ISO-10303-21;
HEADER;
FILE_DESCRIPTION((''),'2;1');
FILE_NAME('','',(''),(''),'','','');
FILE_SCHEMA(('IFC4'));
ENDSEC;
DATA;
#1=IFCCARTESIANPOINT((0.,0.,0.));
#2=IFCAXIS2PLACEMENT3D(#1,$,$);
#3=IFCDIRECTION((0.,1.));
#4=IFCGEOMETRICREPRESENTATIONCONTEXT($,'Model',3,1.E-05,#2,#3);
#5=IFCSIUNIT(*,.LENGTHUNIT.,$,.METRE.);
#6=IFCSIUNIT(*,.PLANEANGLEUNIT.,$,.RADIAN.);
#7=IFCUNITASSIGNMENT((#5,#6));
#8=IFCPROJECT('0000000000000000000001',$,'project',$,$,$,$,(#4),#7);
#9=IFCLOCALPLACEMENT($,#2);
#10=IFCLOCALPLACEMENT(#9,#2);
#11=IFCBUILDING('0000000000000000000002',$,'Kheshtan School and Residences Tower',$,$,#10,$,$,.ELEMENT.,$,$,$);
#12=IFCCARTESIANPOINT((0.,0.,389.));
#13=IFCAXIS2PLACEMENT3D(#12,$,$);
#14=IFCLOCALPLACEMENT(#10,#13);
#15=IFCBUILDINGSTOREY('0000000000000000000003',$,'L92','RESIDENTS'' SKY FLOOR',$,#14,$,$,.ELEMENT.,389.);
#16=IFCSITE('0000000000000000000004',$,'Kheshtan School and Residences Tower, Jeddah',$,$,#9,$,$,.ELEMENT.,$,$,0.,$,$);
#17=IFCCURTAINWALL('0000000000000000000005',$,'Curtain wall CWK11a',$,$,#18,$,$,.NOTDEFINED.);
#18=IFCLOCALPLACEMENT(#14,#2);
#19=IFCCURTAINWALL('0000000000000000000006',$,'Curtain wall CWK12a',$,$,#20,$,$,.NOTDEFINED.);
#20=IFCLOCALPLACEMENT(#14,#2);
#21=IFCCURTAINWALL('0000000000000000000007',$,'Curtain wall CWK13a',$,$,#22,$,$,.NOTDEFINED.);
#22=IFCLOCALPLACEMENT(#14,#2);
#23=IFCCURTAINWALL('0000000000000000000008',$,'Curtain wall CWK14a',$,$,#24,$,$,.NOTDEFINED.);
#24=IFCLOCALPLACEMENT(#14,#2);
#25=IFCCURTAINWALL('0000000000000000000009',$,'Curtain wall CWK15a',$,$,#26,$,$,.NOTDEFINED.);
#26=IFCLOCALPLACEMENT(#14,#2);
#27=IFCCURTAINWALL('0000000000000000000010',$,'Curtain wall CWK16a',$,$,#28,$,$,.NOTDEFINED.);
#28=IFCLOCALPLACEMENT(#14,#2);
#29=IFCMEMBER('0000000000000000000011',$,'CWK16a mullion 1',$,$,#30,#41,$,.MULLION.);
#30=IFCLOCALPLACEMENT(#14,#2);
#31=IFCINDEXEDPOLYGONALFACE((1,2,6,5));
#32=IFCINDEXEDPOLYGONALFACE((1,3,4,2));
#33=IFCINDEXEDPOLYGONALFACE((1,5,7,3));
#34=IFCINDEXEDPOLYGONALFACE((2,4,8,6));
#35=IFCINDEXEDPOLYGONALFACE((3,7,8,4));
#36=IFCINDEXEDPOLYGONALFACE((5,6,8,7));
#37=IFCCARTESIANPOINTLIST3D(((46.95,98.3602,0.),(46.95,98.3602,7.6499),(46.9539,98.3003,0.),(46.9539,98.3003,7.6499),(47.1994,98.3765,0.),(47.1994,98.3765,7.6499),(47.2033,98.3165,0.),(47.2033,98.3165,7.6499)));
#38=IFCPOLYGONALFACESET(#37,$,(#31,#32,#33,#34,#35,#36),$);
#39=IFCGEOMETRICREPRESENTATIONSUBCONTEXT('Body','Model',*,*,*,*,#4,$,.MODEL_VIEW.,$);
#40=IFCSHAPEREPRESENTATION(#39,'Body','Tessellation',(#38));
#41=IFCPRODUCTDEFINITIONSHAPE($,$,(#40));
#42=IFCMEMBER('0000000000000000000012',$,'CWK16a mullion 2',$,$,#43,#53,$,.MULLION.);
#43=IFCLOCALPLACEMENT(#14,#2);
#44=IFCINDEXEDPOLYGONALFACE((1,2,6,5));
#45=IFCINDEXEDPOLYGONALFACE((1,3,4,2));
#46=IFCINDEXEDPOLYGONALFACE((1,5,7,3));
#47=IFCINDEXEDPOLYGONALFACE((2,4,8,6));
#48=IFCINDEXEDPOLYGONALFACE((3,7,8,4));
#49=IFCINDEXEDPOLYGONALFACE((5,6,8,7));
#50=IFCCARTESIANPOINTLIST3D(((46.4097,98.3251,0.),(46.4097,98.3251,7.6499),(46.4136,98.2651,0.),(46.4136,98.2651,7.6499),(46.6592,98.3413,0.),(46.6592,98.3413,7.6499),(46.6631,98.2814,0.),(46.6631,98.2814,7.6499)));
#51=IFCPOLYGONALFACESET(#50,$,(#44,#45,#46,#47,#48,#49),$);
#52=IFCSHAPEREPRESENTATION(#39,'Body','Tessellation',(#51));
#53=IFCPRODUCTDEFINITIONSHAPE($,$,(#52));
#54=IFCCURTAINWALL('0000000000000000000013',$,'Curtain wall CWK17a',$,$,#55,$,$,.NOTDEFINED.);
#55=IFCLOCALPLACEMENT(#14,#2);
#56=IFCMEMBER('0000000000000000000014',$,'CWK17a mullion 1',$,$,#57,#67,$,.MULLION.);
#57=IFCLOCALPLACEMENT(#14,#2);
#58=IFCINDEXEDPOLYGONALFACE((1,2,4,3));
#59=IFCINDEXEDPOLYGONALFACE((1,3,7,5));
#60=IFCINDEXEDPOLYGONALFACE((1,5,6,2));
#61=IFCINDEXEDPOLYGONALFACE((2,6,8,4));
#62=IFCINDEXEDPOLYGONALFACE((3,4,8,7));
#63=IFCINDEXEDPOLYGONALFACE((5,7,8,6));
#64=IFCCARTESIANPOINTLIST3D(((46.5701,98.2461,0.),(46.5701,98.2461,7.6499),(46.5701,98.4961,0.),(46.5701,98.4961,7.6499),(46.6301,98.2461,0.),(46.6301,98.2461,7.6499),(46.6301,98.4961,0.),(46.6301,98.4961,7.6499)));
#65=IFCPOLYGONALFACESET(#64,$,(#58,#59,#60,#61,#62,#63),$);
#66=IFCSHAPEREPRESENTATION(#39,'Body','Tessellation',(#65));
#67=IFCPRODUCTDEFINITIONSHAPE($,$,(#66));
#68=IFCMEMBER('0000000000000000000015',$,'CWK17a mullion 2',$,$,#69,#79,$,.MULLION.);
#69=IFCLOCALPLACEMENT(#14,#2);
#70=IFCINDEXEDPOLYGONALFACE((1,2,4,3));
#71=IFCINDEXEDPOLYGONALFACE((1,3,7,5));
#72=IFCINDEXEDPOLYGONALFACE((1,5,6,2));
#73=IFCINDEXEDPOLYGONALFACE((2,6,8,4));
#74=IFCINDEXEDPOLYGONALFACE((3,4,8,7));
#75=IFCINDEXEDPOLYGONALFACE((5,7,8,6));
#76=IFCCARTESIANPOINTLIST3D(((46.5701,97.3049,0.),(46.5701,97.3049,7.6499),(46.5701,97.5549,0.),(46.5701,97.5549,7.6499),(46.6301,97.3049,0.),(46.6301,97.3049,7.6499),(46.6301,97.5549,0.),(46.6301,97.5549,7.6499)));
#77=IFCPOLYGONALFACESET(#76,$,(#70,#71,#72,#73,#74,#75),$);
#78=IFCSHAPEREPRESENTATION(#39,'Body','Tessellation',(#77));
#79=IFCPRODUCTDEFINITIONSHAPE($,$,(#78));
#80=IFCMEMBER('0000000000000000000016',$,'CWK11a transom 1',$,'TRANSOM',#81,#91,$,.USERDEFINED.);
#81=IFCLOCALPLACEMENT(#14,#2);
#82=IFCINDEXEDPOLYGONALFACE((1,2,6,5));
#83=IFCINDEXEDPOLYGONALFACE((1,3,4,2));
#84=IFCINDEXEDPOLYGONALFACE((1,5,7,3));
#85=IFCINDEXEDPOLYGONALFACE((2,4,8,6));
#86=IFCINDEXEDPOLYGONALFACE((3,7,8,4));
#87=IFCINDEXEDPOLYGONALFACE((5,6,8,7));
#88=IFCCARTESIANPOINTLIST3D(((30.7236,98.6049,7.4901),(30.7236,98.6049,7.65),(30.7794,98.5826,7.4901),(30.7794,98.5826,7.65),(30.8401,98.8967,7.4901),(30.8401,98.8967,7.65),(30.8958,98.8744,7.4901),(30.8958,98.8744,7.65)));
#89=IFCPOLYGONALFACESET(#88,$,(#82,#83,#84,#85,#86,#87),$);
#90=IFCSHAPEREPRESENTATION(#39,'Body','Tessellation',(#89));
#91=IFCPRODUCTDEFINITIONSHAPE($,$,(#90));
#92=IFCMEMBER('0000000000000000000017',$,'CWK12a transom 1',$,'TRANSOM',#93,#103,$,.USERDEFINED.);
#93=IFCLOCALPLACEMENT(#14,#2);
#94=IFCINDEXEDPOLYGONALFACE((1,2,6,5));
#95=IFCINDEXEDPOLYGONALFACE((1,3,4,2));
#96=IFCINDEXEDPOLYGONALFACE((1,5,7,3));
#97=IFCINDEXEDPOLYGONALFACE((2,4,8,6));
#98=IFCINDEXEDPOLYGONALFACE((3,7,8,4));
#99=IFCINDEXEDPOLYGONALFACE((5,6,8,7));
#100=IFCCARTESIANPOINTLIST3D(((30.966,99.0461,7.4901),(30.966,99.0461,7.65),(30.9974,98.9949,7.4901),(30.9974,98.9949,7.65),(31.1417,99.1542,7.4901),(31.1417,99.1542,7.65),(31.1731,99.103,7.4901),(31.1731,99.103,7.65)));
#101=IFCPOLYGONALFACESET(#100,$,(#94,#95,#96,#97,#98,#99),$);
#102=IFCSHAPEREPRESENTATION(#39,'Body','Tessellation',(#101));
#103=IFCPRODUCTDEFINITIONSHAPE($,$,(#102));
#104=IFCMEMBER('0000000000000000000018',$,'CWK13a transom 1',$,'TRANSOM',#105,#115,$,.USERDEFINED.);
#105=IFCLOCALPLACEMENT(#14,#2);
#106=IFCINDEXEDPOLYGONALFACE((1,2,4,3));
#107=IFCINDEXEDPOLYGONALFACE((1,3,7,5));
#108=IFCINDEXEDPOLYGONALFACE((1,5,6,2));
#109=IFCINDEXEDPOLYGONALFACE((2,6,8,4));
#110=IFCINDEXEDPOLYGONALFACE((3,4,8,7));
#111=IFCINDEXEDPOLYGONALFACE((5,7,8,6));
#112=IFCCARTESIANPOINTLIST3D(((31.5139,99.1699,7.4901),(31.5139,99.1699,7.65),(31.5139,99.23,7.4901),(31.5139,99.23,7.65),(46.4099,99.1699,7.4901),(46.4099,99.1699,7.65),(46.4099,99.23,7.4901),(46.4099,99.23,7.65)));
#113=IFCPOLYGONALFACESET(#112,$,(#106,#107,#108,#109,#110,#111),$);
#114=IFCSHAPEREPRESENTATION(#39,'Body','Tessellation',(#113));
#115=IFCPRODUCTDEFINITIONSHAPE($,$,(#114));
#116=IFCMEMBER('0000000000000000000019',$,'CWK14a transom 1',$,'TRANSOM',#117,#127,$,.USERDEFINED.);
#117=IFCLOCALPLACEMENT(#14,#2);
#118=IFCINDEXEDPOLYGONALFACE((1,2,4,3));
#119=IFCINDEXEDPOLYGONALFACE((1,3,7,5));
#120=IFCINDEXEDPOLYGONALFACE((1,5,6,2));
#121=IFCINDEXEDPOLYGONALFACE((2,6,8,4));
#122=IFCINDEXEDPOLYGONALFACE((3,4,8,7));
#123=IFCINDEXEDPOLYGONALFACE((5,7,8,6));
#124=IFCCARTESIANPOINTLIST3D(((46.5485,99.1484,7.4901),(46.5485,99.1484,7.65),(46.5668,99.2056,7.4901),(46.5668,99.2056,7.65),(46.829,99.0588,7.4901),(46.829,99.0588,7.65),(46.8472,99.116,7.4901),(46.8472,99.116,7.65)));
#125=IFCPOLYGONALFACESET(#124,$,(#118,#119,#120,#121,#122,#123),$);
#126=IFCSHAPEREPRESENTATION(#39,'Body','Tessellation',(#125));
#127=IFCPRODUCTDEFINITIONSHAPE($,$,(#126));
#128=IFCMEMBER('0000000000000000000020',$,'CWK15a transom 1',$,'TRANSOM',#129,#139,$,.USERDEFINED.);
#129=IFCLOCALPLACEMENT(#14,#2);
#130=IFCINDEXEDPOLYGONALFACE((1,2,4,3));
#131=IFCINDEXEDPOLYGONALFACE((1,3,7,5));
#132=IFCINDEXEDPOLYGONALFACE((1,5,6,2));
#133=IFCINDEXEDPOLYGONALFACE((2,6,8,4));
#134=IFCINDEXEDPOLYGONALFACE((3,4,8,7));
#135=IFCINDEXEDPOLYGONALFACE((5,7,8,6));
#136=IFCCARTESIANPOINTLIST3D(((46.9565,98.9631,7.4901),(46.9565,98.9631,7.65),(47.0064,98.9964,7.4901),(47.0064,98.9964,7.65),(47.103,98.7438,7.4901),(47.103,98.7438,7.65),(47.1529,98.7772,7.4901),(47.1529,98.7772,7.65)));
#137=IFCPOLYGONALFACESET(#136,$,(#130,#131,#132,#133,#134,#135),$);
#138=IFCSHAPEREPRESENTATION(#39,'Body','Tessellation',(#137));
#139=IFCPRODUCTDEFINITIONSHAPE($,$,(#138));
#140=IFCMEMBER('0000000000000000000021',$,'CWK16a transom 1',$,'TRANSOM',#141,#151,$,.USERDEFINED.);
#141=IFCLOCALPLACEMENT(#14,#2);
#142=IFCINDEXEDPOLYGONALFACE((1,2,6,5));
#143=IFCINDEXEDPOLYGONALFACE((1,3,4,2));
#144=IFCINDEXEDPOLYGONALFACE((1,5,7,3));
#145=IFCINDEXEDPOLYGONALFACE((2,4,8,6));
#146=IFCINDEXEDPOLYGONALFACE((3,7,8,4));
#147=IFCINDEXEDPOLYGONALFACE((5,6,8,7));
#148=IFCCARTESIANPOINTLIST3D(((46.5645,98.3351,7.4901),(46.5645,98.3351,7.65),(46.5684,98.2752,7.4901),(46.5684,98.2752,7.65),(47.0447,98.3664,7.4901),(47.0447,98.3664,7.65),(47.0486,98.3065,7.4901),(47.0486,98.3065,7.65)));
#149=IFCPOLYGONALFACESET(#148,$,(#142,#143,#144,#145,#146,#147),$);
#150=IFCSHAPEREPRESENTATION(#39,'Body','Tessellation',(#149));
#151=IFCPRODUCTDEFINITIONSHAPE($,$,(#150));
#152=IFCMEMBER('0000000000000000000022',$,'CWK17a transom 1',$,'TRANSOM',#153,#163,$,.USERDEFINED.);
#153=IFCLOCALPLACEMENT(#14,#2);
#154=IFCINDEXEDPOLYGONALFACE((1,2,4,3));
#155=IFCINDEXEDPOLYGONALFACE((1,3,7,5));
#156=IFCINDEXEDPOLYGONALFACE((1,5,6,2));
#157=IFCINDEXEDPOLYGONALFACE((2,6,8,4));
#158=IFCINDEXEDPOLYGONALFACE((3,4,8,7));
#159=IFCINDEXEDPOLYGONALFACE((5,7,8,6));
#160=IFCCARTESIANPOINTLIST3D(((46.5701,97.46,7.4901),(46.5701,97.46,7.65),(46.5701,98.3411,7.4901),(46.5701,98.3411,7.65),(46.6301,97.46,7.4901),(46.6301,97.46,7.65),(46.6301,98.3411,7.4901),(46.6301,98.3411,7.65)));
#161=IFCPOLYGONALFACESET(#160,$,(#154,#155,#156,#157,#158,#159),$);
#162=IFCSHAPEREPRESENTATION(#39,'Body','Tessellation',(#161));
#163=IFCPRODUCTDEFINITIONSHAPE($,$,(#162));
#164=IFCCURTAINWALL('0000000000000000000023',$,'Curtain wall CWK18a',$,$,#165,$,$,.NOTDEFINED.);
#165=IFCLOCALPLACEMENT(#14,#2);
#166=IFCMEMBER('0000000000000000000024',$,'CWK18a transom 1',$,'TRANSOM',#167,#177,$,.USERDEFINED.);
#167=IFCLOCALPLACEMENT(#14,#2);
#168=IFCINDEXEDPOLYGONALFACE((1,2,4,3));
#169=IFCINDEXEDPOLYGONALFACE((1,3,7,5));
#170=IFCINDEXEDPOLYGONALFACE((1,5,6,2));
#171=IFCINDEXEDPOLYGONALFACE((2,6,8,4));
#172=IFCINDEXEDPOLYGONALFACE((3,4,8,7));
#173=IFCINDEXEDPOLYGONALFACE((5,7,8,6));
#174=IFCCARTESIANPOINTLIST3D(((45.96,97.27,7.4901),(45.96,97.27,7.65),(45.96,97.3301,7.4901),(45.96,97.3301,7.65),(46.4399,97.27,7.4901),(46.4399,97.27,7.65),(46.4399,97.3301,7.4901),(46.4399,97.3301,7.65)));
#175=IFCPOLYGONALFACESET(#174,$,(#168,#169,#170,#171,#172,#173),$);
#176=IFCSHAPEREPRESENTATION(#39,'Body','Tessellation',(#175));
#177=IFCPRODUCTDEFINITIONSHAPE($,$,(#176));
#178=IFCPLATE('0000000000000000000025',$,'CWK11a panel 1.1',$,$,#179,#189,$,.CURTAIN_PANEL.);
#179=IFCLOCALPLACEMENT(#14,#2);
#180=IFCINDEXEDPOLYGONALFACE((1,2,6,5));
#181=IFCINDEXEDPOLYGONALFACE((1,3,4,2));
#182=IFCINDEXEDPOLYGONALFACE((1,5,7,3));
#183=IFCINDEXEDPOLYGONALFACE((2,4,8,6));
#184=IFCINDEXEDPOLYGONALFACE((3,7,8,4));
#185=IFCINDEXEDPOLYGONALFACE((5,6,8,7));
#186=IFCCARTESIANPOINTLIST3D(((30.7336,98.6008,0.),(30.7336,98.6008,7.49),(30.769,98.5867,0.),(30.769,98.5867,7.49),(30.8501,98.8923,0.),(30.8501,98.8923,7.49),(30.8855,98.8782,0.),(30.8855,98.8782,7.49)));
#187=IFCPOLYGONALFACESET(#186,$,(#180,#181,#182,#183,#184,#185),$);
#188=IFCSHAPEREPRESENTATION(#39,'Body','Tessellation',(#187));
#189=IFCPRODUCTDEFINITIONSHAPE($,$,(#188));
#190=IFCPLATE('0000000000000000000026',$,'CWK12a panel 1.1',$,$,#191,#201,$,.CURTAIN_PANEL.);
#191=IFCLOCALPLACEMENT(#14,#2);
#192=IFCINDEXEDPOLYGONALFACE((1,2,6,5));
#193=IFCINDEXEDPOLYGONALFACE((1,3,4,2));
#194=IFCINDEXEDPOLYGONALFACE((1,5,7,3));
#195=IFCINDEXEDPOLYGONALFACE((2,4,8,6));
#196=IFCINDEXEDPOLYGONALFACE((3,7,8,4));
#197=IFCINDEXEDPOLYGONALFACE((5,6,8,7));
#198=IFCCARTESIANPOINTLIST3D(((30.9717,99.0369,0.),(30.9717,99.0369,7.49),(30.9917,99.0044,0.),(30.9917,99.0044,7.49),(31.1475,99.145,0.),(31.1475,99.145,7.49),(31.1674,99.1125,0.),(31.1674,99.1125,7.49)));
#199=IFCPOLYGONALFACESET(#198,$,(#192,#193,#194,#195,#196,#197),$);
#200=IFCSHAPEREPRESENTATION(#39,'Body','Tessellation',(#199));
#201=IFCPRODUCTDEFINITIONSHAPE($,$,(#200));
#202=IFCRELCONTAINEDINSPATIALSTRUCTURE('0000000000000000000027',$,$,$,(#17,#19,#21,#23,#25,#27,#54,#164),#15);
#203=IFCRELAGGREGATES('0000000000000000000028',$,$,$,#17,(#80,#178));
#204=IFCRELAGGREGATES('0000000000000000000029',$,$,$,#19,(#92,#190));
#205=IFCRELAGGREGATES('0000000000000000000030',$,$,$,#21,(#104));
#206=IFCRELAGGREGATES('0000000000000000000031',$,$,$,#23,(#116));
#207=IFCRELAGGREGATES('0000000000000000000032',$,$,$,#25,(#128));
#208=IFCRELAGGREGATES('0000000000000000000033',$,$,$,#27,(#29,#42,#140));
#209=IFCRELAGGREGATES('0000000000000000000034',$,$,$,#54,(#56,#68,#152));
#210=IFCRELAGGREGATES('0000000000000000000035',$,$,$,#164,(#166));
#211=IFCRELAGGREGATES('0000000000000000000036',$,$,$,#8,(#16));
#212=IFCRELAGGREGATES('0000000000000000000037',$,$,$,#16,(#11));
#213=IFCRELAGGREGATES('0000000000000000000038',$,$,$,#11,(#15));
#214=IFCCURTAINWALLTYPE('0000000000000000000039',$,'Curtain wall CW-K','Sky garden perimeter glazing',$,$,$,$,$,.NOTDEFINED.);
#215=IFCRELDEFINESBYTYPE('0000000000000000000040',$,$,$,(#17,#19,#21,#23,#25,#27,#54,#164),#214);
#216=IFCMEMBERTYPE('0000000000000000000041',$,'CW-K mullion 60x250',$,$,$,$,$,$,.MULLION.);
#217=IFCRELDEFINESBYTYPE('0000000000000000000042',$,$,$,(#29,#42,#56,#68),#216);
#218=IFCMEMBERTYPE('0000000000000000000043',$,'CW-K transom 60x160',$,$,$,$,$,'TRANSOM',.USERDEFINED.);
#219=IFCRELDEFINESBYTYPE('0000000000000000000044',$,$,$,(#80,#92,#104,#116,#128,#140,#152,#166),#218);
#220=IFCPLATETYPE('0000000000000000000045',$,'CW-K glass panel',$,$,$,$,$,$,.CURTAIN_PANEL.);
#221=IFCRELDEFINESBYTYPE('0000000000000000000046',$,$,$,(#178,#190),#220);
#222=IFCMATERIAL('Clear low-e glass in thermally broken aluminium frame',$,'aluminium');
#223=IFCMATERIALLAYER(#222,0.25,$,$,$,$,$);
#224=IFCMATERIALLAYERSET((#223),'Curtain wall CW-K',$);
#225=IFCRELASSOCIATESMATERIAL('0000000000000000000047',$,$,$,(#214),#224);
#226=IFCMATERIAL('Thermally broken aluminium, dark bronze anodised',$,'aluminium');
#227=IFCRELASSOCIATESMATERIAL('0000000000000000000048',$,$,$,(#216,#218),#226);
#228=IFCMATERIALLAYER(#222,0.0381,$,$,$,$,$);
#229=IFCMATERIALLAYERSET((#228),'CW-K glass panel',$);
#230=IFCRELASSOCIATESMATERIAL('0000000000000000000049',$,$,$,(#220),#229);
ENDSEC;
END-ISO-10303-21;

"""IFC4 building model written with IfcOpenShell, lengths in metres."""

from ifc_helpers import new_model, si_unit, direction, frame, origin, origin_2d, place, context, subcontext, project, spatial, rectangle, extrude, material, layer, layer_set, material_profile, profile_set, type_object, element, aggregate, save


model = new_model("IFC4")

# Units and contexts
model_context = context("Model", 3, precision=1e-05, world=origin(), true_north=direction((0.0, 1.0)))
body_context = subcontext(model_context, "Body", "Model", "MODEL_VIEW")
ifc_project = project(units=[si_unit("LENGTHUNIT", "METRE"), si_unit("PLANEANGLEUNIT", "RADIAN")], contexts=[model_context])

# Site, building, storey
site_placement = place(None, origin())
site = spatial("IfcSite", under=ifc_project, at=site_placement, Name="Kheshtan School and Residences Tower, Jeddah", CompositionType="ELEMENT", RefElevation=0.0)
building_placement = place(site_placement, origin())
building = spatial("IfcBuilding", under=site, at=building_placement, Name="Kheshtan School and Residences Tower", CompositionType="ELEMENT")
storey_placement = place(building_placement, frame((0.0, 0.0, 389.0)))
storey = spatial("IfcBuildingStorey", under=building, at=storey_placement, Name="L92", Description="RESIDENTS' SKY FLOOR", CompositionType="ELEMENT", Elevation=389.0)

# Shared definitions
ifc_material_1 = material(Name="Clear low-e glass in thermally broken aluminium frame", Category="aluminium")
ifc_material_2 = material(Name="Thermally broken aluminium, dark bronze anodised", Category="aluminium")

# Shared definitions
ifc_layer_1 = layer(ifc_material_1, 0.25)
ifc_layer_set_1 = layer_set([ifc_layer_1], Name="Curtain wall CW-K")
curtain_wall_type_1 = type_object("IfcCurtainWallType", Name="Curtain wall CW-K", Description="Sky garden perimeter glazing", PredefinedType="NOTDEFINED", material=ifc_layer_set_1)
ifc_material_profile_1 = material_profile(ifc_material_2, rectangle(XDim=0.0601, YDim=0.25, at=origin_2d()), Name="CW-K mullion 60x250")
ifc_profile_set_1 = profile_set([ifc_material_profile_1], Name="Thermally broken aluminium, dark bronze anodised")
member_type_1 = type_object("IfcMemberType", Name="CW-K mullion 60x250", PredefinedType="MULLION", material=ifc_profile_set_1)

# Curtain walls, members
curtain_wall_1_placement = place(storey_placement, origin())
curtain_wall_1 = element("IfcCurtainWall", 1, at=curtain_wall_1_placement, inside=storey, type_object=curtain_wall_type_1, Name="Curtain wall CWK11a", PredefinedType="NOTDEFINED")
curtain_wall_2_placement = place(storey_placement, origin())
curtain_wall_2 = element("IfcCurtainWall", 2, at=curtain_wall_2_placement, inside=storey, type_object=curtain_wall_type_1, Name="Curtain wall CWK12a", PredefinedType="NOTDEFINED")
curtain_wall_3_placement = place(storey_placement, origin())
curtain_wall_3 = element("IfcCurtainWall", 3, at=curtain_wall_3_placement, inside=storey, type_object=curtain_wall_type_1, Name="Curtain wall CWK13a", PredefinedType="NOTDEFINED")
curtain_wall_4_placement = place(storey_placement, origin())
curtain_wall_4 = element("IfcCurtainWall", 4, at=curtain_wall_4_placement, inside=storey, type_object=curtain_wall_type_1, Name="Curtain wall CWK14a", PredefinedType="NOTDEFINED")
curtain_wall_5_placement = place(storey_placement, origin())
curtain_wall_5 = element("IfcCurtainWall", 5, at=curtain_wall_5_placement, inside=storey, type_object=curtain_wall_type_1, Name="Curtain wall CWK15a", PredefinedType="NOTDEFINED")
curtain_wall_6_placement = place(storey_placement, origin())
curtain_wall_6 = element("IfcCurtainWall", 6, at=curtain_wall_6_placement, inside=storey, type_object=curtain_wall_type_1, Name="Curtain wall CWK16a", PredefinedType="NOTDEFINED")
member_1_placement = place(storey_placement, frame((47.0767, 98.3384, 0.0), z_axis=(0.0, 0.0, 1.0), x_axis=(0.064863, -0.997894, 0.0)))
member_1 = element("IfcMember", 7, at=member_1_placement, type_object=member_type_1, Name="CWK16a mullion 1", PredefinedType="MULLION", context=body_context, shape_type="SweptSolid", body=[
    extrude(rectangle(XDim=0.0601, YDim=0.25, at=origin_2d()), origin(), (0.0, 0.0, 1.0), 7.6499),
])
member_2_placement = place(storey_placement, frame((46.5364, 98.3032, 0.0), z_axis=(0.0, 0.0, 1.0), x_axis=(0.064863, -0.997894, 0.0)))
member_2 = element("IfcMember", 8, at=member_2_placement, type_object=member_type_1, Name="CWK16a mullion 2", PredefinedType="MULLION", context=body_context, shape_type="SweptSolid", body=[
    extrude(rectangle(XDim=0.0601, YDim=0.25, at=origin_2d()), origin(), (0.0, 0.0, 1.0), 7.6499),
])
curtain_wall_7_placement = place(storey_placement, origin())
curtain_wall_7 = element("IfcCurtainWall", 9, at=curtain_wall_7_placement, inside=storey, type_object=curtain_wall_type_1, Name="Curtain wall CWK17a", PredefinedType="NOTDEFINED")
member_3_placement = place(storey_placement, frame((46.6001, 98.3711, 0.0), z_axis=(0.0, 0.0, 1.0), x_axis=(1.0, 0.0, 0.0)))
member_3 = element("IfcMember", 10, at=member_3_placement, type_object=member_type_1, Name="CWK17a mullion 1", PredefinedType="MULLION", context=body_context, shape_type="SweptSolid", body=[
    extrude(rectangle(XDim=0.0601, YDim=0.25, at=origin_2d()), origin(), (0.0, 0.0, 1.0), 7.6499),
])
member_4_placement = place(storey_placement, frame((46.6001, 97.4299, 0.0), z_axis=(0.0, 0.0, 1.0), x_axis=(1.0, 0.0, 0.0)))
member_4 = element("IfcMember", 11, at=member_4_placement, type_object=member_type_1, Name="CWK17a mullion 2", PredefinedType="MULLION", context=body_context, shape_type="SweptSolid", body=[
    extrude(rectangle(XDim=0.0601, YDim=0.25, at=origin_2d()), origin(), (0.0, 0.0, 1.0), 7.6499),
])

# Members
ifc_material_profile_2 = material_profile(ifc_material_2, rectangle(XDim=0.0601, YDim=0.1599, at=origin_2d()), Name="CW-K transom 60x160")
ifc_profile_set_2 = profile_set([ifc_material_profile_2], Name="Thermally broken aluminium, dark bronze anodised")
member_type_2 = type_object("IfcMemberType", Name="CW-K transom 60x160", ElementType="TRANSOM", PredefinedType="USERDEFINED", material=ifc_profile_set_2)
member_5_placement = place(storey_placement, frame((30.7515, 98.5938, 7.5701), z_axis=(0.370721, 0.928744, 0.0), x_axis=(-0.928744, 0.370721, 0.0)))
member_5 = element("IfcMember", 12, at=member_5_placement, type_object=member_type_2, Name="CWK11a transom 1", ObjectType="TRANSOM", PredefinedType="USERDEFINED", context=body_context, shape_type="SweptSolid", body=[
    extrude(rectangle(XDim=0.0601, YDim=0.1599, at=origin_2d()), origin(), (0.0, 0.0, 1.0), 0.3142),
])
member_6_placement = place(storey_placement, frame((30.9817, 99.0205, 7.5701), z_axis=(0.851699, 0.524031, 0.0), x_axis=(-0.524031, 0.851699, 0.0)))
member_6 = element("IfcMember", 13, at=member_6_placement, type_object=member_type_2, Name="CWK12a transom 1", ObjectType="TRANSOM", PredefinedType="USERDEFINED", context=body_context, shape_type="SweptSolid", body=[
    extrude(rectangle(XDim=0.0601, YDim=0.1599, at=origin_2d()), origin(), (0.0, 0.0, 1.0), 0.2063),
])
member_7_placement = place(storey_placement, frame((31.5139, 99.2, 7.5701), z_axis=(1.0, 0.0, 0.0), x_axis=(0.0, 1.0, 0.0)))
member_7 = element("IfcMember", 14, at=member_7_placement, type_object=member_type_2, Name="CWK13a transom 1", ObjectType="TRANSOM", PredefinedType="USERDEFINED", context=body_context, shape_type="SweptSolid", body=[
    extrude(rectangle(XDim=0.0601, YDim=0.1599, at=origin_2d()), origin(), (0.0, 0.0, 1.0), 14.896),
])
member_8_placement = place(storey_placement, frame((46.5576, 99.177, 7.5701), z_axis=(0.952588, -0.304264, 0.0), x_axis=(0.304264, 0.952588, 0.0)))
member_8 = element("IfcMember", 15, at=member_8_placement, type_object=member_type_2, Name="CWK14a transom 1", ObjectType="TRANSOM", PredefinedType="USERDEFINED", context=body_context, shape_type="SweptSolid", body=[
    extrude(rectangle(XDim=0.0601, YDim=0.1599, at=origin_2d()), origin(), (0.0, 0.0, 1.0), 0.2944),
])
member_9_placement = place(storey_placement, frame((46.9814, 98.9797, 7.5701), z_axis=(0.555555, -0.83148, 0.0), x_axis=(0.83148, 0.555555, 0.0)))
member_9 = element("IfcMember", 16, at=member_9_placement, type_object=member_type_2, Name="CWK15a transom 1", ObjectType="TRANSOM", PredefinedType="USERDEFINED", context=body_context, shape_type="SweptSolid", body=[
    extrude(rectangle(XDim=0.0601, YDim=0.1599, at=origin_2d()), origin(), (0.0, 0.0, 1.0), 0.2637),
])
member_10_placement = place(storey_placement, frame((47.0466, 98.3364, 7.5701), z_axis=(-0.997889, -0.064936, 0.0), x_axis=(0.064936, -0.997889, 0.0)))
member_10 = element("IfcMember", 17, at=member_10_placement, type_object=member_type_2, Name="CWK16a transom 1", ObjectType="TRANSOM", PredefinedType="USERDEFINED", context=body_context, shape_type="SweptSolid", body=[
    extrude(rectangle(XDim=0.0601, YDim=0.1599, at=origin_2d()), origin(), (0.0, 0.0, 1.0), 0.4812),
])
member_11_placement = place(storey_placement, frame((46.6001, 98.3411, 7.5701), z_axis=(0.0, -1.0, 0.0), x_axis=(1.0, 0.0, 0.0)))
member_11 = element("IfcMember", 18, at=member_11_placement, type_object=member_type_2, Name="CWK17a transom 1", ObjectType="TRANSOM", PredefinedType="USERDEFINED", context=body_context, shape_type="SweptSolid", body=[
    extrude(rectangle(XDim=0.0601, YDim=0.1599, at=origin_2d()), origin(), (0.0, 0.0, 1.0), 0.8811),
])

# Curtain wall, member
curtain_wall_8_placement = place(storey_placement, origin())
curtain_wall_8 = element("IfcCurtainWall", 19, at=curtain_wall_8_placement, inside=storey, type_object=curtain_wall_type_1, Name="Curtain wall CWK18a", PredefinedType="NOTDEFINED")
member_12_placement = place(storey_placement, frame((46.4399, 97.3, 7.5701), z_axis=(-1.0, 0.0, 0.0), x_axis=(0.0, -1.0, 0.0)))
member_12 = element("IfcMember", 20, at=member_12_placement, type_object=member_type_2, Name="CWK18a transom 1", ObjectType="TRANSOM", PredefinedType="USERDEFINED", context=body_context, shape_type="SweptSolid", body=[
    extrude(rectangle(XDim=0.0601, YDim=0.1599, at=origin_2d()), origin(), (0.0, 0.0, 1.0), 0.48),
])

# Plates
ifc_layer_2 = layer(ifc_material_1, 0.0381)
ifc_layer_set_2 = layer_set([ifc_layer_2], Name="CW-K glass panel")
plate_type = type_object("IfcPlateType", Name="CW-K glass panel", PredefinedType="CURTAIN_PANEL", material=ifc_layer_set_2)
plate_1_placement = place(storey_placement, frame((30.8096, 98.7395, 0.0), z_axis=(0.0, 0.0, 1.0), x_axis=(0.370993, 0.928636, 0.0)))
plate_1 = element("IfcPlate", 21, at=plate_1_placement, type_object=plate_type, Name="CWK11a panel 1.1", PredefinedType="CURTAIN_PANEL", context=body_context, shape_type="SweptSolid", body=[
    extrude(rectangle(XDim=0.314, YDim=0.0381, at=origin_2d()), origin(), (0.0, 0.0, 1.0), 7.49),
])
aggregate(curtain_wall_1, [member_5, plate_1])
plate_2_placement = place(storey_placement, frame((31.0696, 99.0747, 0.0), z_axis=(0.0, 0.0, 1.0), x_axis=(0.851763, 0.523926, 0.0)))
plate_2 = element("IfcPlate", 22, at=plate_2_placement, type_object=plate_type, Name="CWK12a panel 1.1", PredefinedType="CURTAIN_PANEL", context=body_context, shape_type="SweptSolid", body=[
    extrude(rectangle(XDim=0.2063, YDim=0.0381, at=origin_2d()), origin(), (0.0, 0.0, 1.0), 7.49),
])
aggregate(curtain_wall_2, [member_6, plate_2])
aggregate(curtain_wall_3, [member_7])
aggregate(curtain_wall_4, [member_8])
aggregate(curtain_wall_5, [member_9])
aggregate(curtain_wall_6, [member_1, member_2, member_10])
aggregate(curtain_wall_7, [member_3, member_4, member_11])
aggregate(curtain_wall_8, [member_12])

save(model, "model.ifc")
